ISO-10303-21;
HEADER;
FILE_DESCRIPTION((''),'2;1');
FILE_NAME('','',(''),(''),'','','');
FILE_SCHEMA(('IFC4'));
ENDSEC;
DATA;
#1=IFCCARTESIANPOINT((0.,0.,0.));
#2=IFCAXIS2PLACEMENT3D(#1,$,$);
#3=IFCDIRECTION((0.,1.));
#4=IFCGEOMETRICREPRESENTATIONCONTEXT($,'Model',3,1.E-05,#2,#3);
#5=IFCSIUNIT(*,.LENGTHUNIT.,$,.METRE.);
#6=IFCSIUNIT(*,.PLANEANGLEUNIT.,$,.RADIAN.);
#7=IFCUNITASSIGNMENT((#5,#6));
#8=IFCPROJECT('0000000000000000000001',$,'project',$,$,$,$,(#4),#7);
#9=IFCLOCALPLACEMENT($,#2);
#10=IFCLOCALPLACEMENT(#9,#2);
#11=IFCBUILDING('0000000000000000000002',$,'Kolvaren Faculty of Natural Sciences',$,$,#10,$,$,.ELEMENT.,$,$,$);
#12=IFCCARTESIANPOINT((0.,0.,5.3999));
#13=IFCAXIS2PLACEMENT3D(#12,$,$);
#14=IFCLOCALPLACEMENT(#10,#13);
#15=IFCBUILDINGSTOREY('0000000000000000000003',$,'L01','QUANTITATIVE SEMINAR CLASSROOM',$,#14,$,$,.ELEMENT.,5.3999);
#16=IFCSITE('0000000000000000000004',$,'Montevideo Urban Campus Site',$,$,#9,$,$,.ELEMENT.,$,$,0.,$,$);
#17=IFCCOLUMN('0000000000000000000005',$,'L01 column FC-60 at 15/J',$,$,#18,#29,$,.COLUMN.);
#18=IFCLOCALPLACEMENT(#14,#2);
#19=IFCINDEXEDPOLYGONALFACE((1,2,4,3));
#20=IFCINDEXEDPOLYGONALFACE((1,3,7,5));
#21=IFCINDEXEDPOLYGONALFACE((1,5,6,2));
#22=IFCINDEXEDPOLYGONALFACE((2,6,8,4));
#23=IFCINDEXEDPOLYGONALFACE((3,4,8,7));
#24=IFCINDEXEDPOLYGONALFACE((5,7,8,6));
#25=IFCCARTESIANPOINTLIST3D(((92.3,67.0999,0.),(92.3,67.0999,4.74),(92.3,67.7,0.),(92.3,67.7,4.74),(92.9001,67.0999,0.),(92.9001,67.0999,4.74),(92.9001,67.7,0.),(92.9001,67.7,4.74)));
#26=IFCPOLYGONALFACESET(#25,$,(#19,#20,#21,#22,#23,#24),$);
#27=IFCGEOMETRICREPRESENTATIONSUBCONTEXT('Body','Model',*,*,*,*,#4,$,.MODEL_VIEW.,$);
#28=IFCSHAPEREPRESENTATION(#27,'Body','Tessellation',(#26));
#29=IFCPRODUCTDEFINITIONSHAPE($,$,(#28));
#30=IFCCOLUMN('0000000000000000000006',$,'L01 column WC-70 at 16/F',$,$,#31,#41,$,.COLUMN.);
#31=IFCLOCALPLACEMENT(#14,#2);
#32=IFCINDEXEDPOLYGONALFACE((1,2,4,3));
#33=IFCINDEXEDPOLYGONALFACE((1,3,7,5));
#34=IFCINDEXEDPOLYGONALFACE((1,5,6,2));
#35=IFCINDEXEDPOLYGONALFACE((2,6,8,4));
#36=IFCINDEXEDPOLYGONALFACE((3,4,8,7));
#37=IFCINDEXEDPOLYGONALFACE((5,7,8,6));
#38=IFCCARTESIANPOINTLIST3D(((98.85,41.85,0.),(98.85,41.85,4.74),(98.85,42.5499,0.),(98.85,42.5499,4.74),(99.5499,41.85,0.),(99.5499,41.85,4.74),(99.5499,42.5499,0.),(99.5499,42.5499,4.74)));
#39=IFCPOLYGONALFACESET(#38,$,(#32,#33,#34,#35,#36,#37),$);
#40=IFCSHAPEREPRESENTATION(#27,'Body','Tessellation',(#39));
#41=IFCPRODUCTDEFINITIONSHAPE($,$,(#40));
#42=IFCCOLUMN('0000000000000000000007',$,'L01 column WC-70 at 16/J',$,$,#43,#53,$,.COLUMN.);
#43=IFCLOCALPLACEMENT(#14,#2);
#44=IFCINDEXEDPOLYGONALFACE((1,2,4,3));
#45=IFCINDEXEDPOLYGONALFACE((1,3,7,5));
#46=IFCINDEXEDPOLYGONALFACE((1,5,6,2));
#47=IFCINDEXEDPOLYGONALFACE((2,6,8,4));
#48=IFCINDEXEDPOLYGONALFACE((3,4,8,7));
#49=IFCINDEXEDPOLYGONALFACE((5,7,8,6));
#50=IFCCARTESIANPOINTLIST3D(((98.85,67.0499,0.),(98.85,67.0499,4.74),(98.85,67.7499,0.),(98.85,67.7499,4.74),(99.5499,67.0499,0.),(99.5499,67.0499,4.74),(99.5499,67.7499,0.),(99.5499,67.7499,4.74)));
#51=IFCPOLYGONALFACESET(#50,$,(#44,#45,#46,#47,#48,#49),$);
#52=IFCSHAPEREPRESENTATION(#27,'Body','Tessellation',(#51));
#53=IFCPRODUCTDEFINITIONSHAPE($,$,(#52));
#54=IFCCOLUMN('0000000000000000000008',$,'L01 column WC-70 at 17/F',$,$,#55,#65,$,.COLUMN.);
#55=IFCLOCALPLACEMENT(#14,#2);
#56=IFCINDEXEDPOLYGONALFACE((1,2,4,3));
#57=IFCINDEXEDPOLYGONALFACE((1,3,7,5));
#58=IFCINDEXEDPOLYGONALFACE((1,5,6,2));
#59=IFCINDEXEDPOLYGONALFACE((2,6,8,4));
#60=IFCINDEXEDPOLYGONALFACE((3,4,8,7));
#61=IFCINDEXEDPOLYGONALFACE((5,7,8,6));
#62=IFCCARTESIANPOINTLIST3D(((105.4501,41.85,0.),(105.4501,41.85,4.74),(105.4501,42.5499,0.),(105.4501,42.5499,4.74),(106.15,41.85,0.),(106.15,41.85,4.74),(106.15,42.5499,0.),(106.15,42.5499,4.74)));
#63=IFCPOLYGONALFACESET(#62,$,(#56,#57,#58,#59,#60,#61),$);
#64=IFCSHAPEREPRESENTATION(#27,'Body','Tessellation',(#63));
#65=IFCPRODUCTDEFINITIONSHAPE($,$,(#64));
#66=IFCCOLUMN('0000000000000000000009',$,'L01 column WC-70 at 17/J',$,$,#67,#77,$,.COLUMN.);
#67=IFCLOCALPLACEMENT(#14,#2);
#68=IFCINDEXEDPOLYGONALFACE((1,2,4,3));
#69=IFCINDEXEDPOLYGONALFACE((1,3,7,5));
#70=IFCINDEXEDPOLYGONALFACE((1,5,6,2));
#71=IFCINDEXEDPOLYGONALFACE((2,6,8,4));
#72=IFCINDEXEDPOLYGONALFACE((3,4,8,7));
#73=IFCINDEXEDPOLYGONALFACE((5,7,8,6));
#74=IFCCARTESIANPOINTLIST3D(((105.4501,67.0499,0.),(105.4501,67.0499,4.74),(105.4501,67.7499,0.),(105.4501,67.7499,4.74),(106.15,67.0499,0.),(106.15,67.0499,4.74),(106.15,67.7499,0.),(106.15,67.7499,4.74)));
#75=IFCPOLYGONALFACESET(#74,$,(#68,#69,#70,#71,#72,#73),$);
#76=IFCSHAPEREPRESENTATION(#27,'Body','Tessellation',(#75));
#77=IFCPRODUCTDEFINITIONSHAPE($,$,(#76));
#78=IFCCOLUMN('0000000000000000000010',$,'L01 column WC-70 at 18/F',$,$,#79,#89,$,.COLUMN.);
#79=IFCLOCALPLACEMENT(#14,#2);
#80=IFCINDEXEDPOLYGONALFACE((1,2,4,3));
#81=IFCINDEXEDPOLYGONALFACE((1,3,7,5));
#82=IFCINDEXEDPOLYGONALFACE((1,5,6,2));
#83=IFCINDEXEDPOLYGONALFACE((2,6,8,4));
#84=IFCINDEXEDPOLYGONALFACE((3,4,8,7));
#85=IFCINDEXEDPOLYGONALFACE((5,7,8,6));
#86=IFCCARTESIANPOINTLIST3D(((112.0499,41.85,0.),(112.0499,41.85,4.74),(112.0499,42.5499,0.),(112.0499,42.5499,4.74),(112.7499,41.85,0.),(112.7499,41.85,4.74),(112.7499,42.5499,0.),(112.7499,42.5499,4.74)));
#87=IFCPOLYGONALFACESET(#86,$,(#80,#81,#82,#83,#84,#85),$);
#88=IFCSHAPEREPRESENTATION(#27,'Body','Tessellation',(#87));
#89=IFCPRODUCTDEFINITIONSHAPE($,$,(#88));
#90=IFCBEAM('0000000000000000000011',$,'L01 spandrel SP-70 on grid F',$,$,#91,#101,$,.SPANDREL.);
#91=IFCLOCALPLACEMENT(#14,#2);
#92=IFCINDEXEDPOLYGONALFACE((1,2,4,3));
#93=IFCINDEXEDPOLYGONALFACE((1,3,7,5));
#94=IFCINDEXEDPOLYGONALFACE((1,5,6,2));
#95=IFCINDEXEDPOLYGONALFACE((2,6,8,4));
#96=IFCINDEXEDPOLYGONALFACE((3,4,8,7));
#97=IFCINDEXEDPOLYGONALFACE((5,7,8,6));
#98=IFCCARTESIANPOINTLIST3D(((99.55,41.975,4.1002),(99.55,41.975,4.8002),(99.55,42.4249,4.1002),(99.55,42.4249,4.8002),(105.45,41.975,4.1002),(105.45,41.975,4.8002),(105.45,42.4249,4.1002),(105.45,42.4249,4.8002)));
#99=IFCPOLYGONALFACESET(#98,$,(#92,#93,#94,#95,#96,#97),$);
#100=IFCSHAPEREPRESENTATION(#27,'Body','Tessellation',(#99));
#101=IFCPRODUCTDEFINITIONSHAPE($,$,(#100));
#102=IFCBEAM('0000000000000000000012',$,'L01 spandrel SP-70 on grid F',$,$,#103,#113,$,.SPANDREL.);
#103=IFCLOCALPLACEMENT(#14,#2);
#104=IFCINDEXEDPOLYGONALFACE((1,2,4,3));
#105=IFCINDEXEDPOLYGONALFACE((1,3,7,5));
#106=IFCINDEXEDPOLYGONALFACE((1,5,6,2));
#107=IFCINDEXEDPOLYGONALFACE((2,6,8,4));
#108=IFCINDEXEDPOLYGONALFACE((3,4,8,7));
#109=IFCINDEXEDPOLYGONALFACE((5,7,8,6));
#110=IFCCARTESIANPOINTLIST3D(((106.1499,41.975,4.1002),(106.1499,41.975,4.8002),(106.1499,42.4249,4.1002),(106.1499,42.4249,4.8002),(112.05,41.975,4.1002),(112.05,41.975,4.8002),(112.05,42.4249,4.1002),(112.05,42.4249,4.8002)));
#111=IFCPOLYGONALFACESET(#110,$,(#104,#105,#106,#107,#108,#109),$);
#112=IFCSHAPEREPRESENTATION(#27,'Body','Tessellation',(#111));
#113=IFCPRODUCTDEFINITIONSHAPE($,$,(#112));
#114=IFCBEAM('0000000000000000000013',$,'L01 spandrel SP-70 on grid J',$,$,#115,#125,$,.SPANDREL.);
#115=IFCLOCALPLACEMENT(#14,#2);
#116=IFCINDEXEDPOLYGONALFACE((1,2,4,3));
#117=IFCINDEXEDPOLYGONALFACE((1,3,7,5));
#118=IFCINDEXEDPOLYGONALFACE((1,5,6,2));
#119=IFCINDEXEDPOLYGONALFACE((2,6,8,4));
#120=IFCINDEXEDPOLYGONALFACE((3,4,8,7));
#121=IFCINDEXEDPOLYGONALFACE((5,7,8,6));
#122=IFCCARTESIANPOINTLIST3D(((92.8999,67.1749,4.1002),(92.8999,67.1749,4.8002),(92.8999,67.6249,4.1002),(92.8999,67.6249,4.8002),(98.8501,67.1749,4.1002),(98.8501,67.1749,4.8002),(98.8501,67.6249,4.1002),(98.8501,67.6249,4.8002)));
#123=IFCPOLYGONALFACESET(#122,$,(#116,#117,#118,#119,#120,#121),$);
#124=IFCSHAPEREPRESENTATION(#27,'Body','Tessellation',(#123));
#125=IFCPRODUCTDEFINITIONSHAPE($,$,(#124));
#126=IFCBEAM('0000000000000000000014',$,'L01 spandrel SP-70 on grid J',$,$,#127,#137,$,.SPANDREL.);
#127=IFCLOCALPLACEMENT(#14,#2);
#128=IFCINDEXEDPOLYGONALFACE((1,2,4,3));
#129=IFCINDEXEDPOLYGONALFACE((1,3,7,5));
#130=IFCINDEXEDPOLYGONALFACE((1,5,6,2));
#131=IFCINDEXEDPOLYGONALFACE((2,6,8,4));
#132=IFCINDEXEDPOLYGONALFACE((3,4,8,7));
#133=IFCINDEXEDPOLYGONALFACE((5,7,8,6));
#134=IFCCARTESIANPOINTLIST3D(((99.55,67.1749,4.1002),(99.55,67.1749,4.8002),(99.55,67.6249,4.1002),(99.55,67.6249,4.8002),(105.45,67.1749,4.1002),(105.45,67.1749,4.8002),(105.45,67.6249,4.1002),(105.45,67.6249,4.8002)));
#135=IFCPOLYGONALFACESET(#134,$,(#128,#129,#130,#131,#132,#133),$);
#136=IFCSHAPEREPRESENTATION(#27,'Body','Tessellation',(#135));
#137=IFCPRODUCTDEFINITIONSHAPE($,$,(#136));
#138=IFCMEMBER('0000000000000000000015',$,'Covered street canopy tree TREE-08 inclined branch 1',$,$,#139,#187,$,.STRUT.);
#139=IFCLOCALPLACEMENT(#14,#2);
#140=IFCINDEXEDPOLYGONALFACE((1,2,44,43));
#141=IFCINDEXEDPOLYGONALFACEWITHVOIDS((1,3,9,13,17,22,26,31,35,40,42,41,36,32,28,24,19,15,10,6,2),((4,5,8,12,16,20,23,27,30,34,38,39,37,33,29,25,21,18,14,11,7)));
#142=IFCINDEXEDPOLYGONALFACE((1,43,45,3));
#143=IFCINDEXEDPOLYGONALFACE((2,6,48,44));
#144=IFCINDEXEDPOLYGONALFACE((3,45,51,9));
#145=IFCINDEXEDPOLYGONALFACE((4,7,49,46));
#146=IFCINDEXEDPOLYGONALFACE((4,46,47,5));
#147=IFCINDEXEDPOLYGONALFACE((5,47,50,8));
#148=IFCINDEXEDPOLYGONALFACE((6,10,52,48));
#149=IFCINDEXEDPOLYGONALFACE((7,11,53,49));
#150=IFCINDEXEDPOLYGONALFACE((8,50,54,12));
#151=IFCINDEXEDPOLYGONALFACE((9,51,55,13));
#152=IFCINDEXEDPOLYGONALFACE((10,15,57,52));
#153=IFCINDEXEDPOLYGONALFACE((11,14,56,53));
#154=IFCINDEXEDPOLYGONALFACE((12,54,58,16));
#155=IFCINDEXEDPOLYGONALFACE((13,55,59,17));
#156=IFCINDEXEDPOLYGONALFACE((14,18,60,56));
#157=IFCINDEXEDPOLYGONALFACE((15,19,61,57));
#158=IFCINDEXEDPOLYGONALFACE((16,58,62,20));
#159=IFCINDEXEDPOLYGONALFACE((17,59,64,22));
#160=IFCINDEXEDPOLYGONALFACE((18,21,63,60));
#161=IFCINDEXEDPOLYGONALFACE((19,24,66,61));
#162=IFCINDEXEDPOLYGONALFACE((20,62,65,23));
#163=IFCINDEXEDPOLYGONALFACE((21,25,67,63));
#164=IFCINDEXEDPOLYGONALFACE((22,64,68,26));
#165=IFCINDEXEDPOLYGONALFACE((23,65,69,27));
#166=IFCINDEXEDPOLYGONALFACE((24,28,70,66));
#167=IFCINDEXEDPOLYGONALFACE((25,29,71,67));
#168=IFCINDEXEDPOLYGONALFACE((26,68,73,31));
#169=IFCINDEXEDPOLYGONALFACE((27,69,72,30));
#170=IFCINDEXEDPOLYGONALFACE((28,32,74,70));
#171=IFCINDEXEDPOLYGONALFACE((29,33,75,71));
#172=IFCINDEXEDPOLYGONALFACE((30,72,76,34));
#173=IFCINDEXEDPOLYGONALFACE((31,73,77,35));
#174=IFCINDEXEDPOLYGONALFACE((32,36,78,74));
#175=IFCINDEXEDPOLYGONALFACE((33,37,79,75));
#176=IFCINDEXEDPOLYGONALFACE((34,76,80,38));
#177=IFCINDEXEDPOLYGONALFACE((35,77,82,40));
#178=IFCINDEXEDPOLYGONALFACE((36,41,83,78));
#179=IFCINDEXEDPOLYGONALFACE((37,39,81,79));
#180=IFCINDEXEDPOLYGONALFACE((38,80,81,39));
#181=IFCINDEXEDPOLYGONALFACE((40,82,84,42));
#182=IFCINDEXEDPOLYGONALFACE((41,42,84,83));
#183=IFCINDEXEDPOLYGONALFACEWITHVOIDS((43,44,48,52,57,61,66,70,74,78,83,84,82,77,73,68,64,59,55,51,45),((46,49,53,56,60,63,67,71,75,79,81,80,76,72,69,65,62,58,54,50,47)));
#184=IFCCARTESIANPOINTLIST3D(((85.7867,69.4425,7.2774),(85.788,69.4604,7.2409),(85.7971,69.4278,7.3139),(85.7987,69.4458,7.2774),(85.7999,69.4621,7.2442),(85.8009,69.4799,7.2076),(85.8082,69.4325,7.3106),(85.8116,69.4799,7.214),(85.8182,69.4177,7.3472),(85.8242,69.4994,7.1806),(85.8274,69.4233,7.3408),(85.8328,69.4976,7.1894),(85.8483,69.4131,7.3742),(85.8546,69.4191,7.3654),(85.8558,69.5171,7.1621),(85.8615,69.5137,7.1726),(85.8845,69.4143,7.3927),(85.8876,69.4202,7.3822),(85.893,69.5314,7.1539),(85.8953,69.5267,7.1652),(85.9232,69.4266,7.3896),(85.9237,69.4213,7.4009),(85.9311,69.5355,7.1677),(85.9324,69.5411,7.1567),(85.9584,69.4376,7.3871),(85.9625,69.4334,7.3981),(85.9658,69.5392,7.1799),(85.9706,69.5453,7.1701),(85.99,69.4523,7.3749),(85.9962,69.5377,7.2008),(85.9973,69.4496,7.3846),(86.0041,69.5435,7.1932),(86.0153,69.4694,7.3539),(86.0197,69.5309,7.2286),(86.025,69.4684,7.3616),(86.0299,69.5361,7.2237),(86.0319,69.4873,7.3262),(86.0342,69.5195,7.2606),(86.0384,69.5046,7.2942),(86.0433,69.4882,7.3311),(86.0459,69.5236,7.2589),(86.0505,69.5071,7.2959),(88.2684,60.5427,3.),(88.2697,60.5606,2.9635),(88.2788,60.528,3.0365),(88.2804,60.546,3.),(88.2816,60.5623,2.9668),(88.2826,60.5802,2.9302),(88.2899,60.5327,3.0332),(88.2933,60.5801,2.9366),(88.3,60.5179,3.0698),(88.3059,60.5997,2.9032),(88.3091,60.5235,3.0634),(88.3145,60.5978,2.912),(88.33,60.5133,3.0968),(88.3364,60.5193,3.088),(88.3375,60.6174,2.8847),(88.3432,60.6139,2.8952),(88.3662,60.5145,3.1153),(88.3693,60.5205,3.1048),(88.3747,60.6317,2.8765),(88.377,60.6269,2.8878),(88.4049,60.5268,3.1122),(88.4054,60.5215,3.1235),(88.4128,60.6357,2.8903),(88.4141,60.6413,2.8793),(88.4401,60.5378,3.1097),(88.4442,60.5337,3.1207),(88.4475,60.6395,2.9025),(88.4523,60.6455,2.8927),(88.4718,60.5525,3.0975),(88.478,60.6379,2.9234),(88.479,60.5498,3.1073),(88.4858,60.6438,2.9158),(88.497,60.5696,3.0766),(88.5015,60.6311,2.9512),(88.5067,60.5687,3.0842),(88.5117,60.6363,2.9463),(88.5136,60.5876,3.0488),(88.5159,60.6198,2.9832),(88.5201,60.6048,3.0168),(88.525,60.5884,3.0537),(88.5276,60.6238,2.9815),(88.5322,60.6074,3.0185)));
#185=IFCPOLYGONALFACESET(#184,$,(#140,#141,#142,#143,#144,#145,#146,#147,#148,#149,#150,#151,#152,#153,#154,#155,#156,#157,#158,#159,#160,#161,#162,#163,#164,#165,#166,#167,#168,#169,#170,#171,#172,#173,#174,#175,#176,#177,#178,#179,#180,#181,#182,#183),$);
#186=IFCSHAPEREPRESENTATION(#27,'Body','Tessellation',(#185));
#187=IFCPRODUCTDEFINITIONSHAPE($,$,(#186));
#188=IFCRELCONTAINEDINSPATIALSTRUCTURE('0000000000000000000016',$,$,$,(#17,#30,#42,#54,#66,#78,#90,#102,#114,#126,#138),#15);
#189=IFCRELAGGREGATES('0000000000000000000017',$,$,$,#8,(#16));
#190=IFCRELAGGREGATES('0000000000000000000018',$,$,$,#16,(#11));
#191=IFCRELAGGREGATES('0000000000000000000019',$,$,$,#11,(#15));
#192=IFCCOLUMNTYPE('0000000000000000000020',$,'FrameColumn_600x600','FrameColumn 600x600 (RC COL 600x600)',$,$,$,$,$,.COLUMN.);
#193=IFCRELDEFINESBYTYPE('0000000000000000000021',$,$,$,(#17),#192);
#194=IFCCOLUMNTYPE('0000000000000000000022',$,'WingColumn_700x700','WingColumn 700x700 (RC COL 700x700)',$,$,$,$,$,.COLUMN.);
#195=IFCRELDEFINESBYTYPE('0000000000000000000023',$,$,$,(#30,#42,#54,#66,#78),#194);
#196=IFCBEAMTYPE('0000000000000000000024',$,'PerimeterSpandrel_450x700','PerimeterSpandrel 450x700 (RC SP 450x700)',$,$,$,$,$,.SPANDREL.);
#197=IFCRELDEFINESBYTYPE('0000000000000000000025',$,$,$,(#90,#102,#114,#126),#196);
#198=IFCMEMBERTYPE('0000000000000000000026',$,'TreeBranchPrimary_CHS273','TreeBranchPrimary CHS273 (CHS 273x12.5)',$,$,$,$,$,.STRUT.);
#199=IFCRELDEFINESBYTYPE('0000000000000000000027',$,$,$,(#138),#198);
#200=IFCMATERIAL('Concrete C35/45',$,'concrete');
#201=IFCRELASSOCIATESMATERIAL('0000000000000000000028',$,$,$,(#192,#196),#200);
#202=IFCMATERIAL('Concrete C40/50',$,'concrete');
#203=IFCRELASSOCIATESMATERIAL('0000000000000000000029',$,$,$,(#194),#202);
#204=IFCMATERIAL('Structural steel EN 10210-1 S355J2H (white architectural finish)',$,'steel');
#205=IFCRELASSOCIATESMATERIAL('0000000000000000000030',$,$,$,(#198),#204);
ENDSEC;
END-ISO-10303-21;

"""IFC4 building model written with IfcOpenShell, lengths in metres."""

from ifc_helpers import new_model, si_unit, direction, frame, origin, origin_2d, place, context, subcontext, project, spatial, rectangle, hollow_circle, extrude, material, material_profile, profile_set, type_object, element, save


model = new_model("IFC4")

# Units and contexts
model_context = context("Model", 3, precision=1e-05, world=origin(), true_north=direction((0.0, 1.0)))
body_context = subcontext(model_context, "Body", "Model", "MODEL_VIEW")
ifc_project = project(units=[si_unit("LENGTHUNIT", "METRE"), si_unit("PLANEANGLEUNIT", "RADIAN")], contexts=[model_context])

# Site, building, storey
site_placement = place(None, origin())
site = spatial("IfcSite", under=ifc_project, at=site_placement, Name="Montevideo Urban Campus Site", CompositionType="ELEMENT", RefElevation=0.0)
building_placement = place(site_placement, origin())
building = spatial("IfcBuilding", under=site, at=building_placement, Name="Kolvaren Faculty of Natural Sciences", CompositionType="ELEMENT")
storey_placement = place(building_placement, frame((0.0, 0.0, 5.3999)))
storey = spatial("IfcBuildingStorey", under=building, at=storey_placement, Name="L01", Description="QUANTITATIVE SEMINAR CLASSROOM", CompositionType="ELEMENT", Elevation=5.3999)

# Columns
ifc_material_1 = material(Name="Concrete C35/45", Category="concrete")
ifc_material_profile_1 = material_profile(ifc_material_1, rectangle(XDim=0.6001, YDim=0.6001, at=origin_2d()), Name="RC COL 600x600")
ifc_profile_set_1 = profile_set([ifc_material_profile_1], Name="Concrete C35/45")
column_type_1 = type_object("IfcColumnType", Name="FrameColumn_600x600", Description="FrameColumn 600x600 (RC COL 600x600)", PredefinedType="COLUMN", material=ifc_profile_set_1)
column_placement = place(storey_placement, frame((92.6001, 67.3999, 0.0), z_axis=(0.0, 0.0, 1.0), x_axis=(1.0, 0.0, 0.0)))
element("IfcColumn", 1, at=column_placement, inside=storey, type_object=column_type_1, Name="L01 column FC-60 at 15/J", PredefinedType="COLUMN", context=body_context, shape_type="SweptSolid", body=[
    extrude(rectangle(XDim=0.6001, YDim=0.6001, at=origin_2d()), origin(), (0.0, 0.0, 1.0), 4.74),
])
ifc_material_2 = material(Name="Concrete C40/50", Category="concrete")
ifc_material_profile_2 = material_profile(ifc_material_2, rectangle(XDim=0.7, YDim=0.7, at=origin_2d()), Name="RC COL 700x700")
ifc_profile_set_2 = profile_set([ifc_material_profile_2], Name="Concrete C40/50")
column_type_2 = type_object("IfcColumnType", Name="WingColumn_700x700", Description="WingColumn 700x700 (RC COL 700x700)", PredefinedType="COLUMN", material=ifc_profile_set_2)
for number, where, z_axis, x_axis, name in (
    (2, (99.2, 42.2, 0.0), (0.0, 0.0, 1.0), (1.0, 0.0, 0.0), "L01 column WC-70 at 16/F"),
    (3, (99.2, 67.3999, 0.0), (0.0, 0.0, 1.0), (1.0, 0.0, 0.0), "L01 column WC-70 at 16/J"),
    (4, (105.8, 42.2, 0.0), (0.0, 0.0, 1.0), (1.0, 0.0, 0.0), "L01 column WC-70 at 17/F"),
    (5, (105.8, 67.3999, 0.0), (0.0, 0.0, 1.0), (1.0, 0.0, 0.0), "L01 column WC-70 at 17/J"),
    (6, (112.3999, 42.2, 0.0), (0.0, 0.0, 1.0), (1.0, 0.0, 0.0), "L01 column WC-70 at 18/F"),
):
    element("IfcColumn", number, at=place(storey_placement, frame(where, z_axis=z_axis, x_axis=x_axis)), inside=storey, type_object=column_type_2, Name=name, PredefinedType="COLUMN", context=body_context, shape_type="SweptSolid", body=[
        extrude(rectangle(XDim=0.7, YDim=0.7, at=origin_2d()), origin(), (0.0, 0.0, 1.0), 4.74),
    ])

# Beams
ifc_material_profile_3 = material_profile(ifc_material_1, rectangle(XDim=0.45, YDim=0.7, at=origin_2d()), Name="RC SP 450x700")
ifc_profile_set_3 = profile_set([ifc_material_profile_3], Name="Concrete C35/45")
beam_type = type_object("IfcBeamType", Name="PerimeterSpandrel_450x700", Description="PerimeterSpandrel 450x700 (RC SP 450x700)", PredefinedType="SPANDREL", material=ifc_profile_set_3)
beam_1_placement = place(storey_placement, frame((99.55, 42.2, 4.4502), z_axis=(1.0, 0.0, 0.0), x_axis=(0.0, 1.0, 0.0)))
element("IfcBeam", 7, at=beam_1_placement, inside=storey, type_object=beam_type, Name="L01 spandrel SP-70 on grid F", PredefinedType="SPANDREL", context=body_context, shape_type="SweptSolid", body=[
    extrude(rectangle(XDim=0.45, YDim=0.7, at=origin_2d()), origin(), (0.0, 0.0, 1.0), 5.8999),
])
beam_2_placement = place(storey_placement, frame((106.1499, 42.2, 4.4502), z_axis=(1.0, 0.0, 0.0), x_axis=(0.0, 1.0, 0.0)))
element("IfcBeam", 8, at=beam_2_placement, inside=storey, type_object=beam_type, Name="L01 spandrel SP-70 on grid F", PredefinedType="SPANDREL", context=body_context, shape_type="SweptSolid", body=[
    extrude(rectangle(XDim=0.45, YDim=0.7, at=origin_2d()), origin(), (0.0, 0.0, 1.0), 5.9001),
])
beam_3_placement = place(storey_placement, frame((92.8999, 67.3999, 4.4502), z_axis=(1.0, 0.0, 0.0), x_axis=(0.0, 1.0, 0.0)))
element("IfcBeam", 9, at=beam_3_placement, inside=storey, type_object=beam_type, Name="L01 spandrel SP-70 on grid J", PredefinedType="SPANDREL", context=body_context, shape_type="SweptSolid", body=[
    extrude(rectangle(XDim=0.45, YDim=0.7, at=origin_2d()), origin(), (0.0, 0.0, 1.0), 5.9502),
])
beam_4_placement = place(storey_placement, frame((99.55, 67.3999, 4.4502), z_axis=(1.0, 0.0, 0.0), x_axis=(0.0, 1.0, 0.0)))
element("IfcBeam", 10, at=beam_4_placement, inside=storey, type_object=beam_type, Name="L01 spandrel SP-70 on grid J", PredefinedType="SPANDREL", context=body_context, shape_type="SweptSolid", body=[
    extrude(rectangle(XDim=0.45, YDim=0.7, at=origin_2d()), origin(), (0.0, 0.0, 1.0), 5.8999),
])

# Member
ifc_material_3 = material(Name="Structural steel EN 10210-1 S355J2H (white architectural finish)", Category="steel")
ifc_material_profile_4 = material_profile(ifc_material_3, hollow_circle(Radius=0.1365, WallThickness=0.0125, at=origin_2d()), Name="CHS 273x12.5")
ifc_profile_set_4 = profile_set([ifc_material_profile_4], Name="Structural steel EN 10210-1 S355J2H (white architectural finish)")
member_type = type_object("IfcMemberType", Name="TreeBranchPrimary_CHS273", Description="TreeBranchPrimary CHS273 (CHS 273x12.5)", PredefinedType="STRUT", material=ifc_profile_set_4)
member_1_placement = place(storey_placement, frame((88.3999, 60.5793, 3.0), z_axis=(-0.24375, 0.87412, 0.420119), x_axis=(-0.963251, -0.268605, 0.0)))
element("IfcMember", 11, at=member_1_placement, inside=storey, type_object=member_type, Name="Covered street canopy tree TREE-08 inclined branch 1", PredefinedType="STRUT", context=body_context, shape_type="SweptSolid", body=[
    extrude(hollow_circle(Radius=0.1365, WallThickness=0.0125, at=origin_2d()), origin(), (0.0, 0.0, 1.0), 10.1814),
])

save(model, "model.ifc")
